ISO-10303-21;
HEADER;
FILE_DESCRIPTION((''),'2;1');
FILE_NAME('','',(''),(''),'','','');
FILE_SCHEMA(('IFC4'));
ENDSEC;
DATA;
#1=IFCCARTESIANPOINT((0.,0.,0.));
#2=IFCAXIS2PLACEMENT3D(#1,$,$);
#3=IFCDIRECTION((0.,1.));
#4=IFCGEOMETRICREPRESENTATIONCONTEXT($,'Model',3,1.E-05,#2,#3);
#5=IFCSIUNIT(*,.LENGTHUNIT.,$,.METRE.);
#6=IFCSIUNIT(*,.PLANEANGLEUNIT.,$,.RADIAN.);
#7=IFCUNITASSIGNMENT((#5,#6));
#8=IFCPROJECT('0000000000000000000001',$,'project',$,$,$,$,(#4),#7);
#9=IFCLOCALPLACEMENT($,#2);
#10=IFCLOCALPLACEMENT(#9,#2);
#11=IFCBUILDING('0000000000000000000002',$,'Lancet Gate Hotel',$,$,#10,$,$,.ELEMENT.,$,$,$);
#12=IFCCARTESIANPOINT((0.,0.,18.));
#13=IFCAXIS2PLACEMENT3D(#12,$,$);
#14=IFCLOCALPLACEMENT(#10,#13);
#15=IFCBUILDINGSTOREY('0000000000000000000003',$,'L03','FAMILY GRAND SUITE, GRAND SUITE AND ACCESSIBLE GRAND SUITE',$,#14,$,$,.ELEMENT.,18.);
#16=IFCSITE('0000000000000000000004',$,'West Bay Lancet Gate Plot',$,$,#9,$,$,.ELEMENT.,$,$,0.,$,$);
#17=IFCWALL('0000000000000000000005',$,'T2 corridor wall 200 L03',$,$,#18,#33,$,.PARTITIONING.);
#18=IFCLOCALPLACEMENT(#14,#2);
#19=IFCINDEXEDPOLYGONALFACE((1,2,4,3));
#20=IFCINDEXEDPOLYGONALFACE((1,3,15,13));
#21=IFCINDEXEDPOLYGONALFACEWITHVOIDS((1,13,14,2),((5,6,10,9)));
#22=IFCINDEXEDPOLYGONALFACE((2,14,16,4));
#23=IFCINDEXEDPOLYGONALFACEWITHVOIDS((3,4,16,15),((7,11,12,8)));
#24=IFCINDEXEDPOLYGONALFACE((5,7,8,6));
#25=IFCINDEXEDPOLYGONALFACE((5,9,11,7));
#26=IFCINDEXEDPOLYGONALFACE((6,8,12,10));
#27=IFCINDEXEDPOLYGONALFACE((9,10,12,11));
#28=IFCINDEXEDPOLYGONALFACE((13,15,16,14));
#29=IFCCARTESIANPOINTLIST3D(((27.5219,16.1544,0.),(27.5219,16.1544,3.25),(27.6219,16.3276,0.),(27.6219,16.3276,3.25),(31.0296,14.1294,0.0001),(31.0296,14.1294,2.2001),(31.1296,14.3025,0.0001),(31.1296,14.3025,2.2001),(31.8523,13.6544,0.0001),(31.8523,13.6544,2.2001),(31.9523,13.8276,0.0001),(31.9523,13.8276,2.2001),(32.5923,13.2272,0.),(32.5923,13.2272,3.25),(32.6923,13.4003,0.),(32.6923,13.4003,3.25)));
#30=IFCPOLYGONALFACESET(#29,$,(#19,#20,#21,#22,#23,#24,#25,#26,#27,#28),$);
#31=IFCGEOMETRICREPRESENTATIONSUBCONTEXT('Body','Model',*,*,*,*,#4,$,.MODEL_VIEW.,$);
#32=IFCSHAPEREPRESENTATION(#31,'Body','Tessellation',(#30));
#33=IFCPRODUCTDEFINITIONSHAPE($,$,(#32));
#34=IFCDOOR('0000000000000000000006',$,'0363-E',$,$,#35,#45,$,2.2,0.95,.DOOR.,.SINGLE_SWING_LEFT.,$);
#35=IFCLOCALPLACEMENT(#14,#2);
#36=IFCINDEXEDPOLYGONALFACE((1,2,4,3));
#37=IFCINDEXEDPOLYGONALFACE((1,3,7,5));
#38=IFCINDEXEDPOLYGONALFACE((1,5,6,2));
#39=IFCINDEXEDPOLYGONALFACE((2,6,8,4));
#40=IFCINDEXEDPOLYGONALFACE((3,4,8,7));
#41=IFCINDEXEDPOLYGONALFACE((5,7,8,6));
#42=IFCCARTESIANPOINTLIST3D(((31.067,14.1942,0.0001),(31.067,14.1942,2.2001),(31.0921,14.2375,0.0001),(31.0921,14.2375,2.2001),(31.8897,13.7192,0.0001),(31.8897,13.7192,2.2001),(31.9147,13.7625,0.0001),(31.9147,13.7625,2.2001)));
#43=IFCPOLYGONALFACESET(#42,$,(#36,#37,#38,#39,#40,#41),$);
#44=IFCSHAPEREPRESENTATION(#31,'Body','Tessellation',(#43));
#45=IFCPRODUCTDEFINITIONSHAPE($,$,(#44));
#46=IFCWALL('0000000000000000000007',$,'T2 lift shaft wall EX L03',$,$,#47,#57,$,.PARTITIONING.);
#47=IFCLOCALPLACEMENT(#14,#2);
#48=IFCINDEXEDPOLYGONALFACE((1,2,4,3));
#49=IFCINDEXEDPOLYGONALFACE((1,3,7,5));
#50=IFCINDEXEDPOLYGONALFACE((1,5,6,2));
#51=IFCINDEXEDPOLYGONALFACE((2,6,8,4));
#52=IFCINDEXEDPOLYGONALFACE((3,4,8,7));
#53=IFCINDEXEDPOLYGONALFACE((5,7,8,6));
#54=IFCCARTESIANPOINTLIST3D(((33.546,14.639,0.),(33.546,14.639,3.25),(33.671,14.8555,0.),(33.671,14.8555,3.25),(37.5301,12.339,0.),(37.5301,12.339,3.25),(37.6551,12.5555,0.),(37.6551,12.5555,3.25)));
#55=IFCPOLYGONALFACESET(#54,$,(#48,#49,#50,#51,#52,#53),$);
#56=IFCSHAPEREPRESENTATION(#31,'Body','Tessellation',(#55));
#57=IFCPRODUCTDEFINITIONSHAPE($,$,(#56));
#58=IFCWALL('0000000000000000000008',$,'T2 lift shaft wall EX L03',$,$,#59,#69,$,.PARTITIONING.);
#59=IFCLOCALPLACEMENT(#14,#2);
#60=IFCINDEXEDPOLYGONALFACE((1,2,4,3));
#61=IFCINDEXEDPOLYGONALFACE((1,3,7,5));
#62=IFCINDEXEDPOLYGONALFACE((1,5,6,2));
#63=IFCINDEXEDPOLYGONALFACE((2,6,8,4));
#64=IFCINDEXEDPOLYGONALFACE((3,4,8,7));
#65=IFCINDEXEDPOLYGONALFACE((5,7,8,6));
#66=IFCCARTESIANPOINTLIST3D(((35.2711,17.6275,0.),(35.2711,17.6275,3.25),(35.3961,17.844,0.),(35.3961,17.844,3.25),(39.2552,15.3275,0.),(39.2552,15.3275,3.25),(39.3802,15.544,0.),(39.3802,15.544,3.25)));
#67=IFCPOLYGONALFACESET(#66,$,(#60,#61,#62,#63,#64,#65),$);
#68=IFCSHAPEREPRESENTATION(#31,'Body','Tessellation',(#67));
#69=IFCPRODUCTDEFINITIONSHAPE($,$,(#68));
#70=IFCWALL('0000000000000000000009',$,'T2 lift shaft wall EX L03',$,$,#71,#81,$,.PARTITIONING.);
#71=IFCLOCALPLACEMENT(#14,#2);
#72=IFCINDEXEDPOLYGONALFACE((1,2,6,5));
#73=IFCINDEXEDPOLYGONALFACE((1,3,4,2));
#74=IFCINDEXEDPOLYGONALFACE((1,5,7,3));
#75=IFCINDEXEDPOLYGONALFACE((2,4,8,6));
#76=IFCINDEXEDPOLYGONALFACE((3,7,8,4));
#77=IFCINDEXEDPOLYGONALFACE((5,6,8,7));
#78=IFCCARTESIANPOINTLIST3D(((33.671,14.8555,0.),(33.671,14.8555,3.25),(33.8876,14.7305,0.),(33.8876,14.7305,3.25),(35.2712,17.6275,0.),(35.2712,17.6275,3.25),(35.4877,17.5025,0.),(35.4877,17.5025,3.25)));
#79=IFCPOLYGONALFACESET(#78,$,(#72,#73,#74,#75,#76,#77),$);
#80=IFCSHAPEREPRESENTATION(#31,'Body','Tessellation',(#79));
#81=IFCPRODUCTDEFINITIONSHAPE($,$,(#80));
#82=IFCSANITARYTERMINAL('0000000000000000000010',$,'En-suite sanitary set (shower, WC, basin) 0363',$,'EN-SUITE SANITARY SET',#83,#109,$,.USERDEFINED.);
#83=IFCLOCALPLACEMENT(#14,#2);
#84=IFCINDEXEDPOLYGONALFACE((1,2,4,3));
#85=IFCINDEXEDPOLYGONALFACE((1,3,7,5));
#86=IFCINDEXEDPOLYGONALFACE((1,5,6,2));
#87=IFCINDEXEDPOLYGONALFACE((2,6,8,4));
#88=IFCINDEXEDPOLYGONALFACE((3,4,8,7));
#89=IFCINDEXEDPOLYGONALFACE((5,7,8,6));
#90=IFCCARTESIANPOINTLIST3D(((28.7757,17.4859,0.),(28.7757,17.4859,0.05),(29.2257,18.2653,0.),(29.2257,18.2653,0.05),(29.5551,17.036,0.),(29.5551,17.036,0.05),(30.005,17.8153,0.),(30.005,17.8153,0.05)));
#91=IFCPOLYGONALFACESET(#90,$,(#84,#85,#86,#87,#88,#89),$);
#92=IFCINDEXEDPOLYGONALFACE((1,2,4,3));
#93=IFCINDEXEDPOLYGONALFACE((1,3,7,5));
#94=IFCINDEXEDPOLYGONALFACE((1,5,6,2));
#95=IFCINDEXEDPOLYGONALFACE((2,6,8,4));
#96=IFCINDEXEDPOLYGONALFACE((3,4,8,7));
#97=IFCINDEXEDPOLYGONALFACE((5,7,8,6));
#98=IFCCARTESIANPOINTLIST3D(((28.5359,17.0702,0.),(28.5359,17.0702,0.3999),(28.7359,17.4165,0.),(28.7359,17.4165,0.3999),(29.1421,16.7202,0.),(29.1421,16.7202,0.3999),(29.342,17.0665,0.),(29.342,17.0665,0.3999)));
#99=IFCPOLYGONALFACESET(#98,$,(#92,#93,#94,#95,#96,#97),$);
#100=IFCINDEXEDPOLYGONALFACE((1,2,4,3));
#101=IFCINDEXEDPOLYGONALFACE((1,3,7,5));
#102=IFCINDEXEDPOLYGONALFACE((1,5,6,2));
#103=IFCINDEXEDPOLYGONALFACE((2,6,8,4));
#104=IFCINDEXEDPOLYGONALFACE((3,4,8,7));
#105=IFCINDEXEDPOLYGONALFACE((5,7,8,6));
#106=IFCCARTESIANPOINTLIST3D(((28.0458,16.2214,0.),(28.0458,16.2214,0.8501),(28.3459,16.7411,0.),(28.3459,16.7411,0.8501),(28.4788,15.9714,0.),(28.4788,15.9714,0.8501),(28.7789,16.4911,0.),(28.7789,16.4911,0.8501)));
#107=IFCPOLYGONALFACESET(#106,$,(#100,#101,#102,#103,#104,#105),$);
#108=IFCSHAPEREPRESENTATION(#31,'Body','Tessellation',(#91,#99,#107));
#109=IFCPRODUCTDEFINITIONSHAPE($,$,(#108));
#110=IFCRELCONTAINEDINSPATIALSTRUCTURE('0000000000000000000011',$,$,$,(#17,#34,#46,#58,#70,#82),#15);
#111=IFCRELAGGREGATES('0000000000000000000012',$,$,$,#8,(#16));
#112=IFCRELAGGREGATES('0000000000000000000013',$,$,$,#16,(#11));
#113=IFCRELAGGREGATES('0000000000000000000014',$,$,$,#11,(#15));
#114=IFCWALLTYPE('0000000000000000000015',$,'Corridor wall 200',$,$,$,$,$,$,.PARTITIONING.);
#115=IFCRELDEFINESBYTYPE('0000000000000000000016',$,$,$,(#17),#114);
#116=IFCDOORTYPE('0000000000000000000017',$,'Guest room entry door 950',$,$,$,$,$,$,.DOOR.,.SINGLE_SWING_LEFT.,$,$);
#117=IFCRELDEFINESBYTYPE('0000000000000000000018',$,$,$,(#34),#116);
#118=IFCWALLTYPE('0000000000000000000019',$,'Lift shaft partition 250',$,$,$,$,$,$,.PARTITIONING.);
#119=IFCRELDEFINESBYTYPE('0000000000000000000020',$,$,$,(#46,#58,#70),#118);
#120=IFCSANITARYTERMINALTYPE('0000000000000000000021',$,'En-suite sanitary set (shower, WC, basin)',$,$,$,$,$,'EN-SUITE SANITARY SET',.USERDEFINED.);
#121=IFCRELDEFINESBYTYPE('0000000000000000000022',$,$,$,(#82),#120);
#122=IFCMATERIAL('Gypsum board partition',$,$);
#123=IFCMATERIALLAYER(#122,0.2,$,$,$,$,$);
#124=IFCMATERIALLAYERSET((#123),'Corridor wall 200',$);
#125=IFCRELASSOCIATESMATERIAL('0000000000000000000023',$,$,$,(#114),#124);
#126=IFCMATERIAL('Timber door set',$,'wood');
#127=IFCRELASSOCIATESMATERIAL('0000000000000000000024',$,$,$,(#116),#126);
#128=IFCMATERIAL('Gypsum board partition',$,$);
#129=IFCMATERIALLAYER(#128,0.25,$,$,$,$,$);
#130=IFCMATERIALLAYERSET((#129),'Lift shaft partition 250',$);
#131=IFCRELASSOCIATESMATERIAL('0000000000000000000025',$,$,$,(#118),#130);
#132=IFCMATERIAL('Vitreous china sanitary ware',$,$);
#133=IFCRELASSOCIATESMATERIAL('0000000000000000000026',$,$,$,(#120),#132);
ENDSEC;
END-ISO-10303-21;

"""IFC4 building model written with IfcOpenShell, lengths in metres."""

from ifc_helpers import new_model, si_unit, direction, frame, frame_2d, origin, origin_2d, place, context, subcontext, project, spatial, rectangle, extrude, material, layer, layer_set, type_object, element, fill, save


model = new_model("IFC4")

# Units and contexts
model_context = context("Model", 3, precision=1e-05, world=origin(), true_north=direction((0.0, 1.0)))
body_context = subcontext(model_context, "Body", "Model", "MODEL_VIEW")
ifc_project = project(units=[si_unit("LENGTHUNIT", "METRE"), si_unit("PLANEANGLEUNIT", "RADIAN")], contexts=[model_context])

# Site, building, storey
site_placement = place(None, origin())
site = spatial("IfcSite", under=ifc_project, at=site_placement, Name="West Bay Lancet Gate Plot", CompositionType="ELEMENT", RefElevation=0.0)
building_placement = place(site_placement, origin())
building = spatial("IfcBuilding", under=site, at=building_placement, Name="Lancet Gate Hotel", CompositionType="ELEMENT")
storey_placement = place(building_placement, frame((0.0, 0.0, 18.0)))
storey = spatial("IfcBuildingStorey", under=building, at=storey_placement, Name="L03", Description="FAMILY GRAND SUITE, GRAND SUITE AND ACCESSIBLE GRAND SUITE", CompositionType="ELEMENT", Elevation=18.0)

# Wall, opening, door
ifc_material_1 = material(Name="Gypsum board partition")
ifc_layer_1 = layer(ifc_material_1, 0.2)
ifc_layer_set_1 = layer_set([ifc_layer_1], Name="Corridor wall 200")
wall_type_1 = type_object("IfcWallType", Name="Corridor wall 200", PredefinedType="PARTITIONING", material=ifc_layer_set_1)
wall_1_placement = place(storey_placement, frame((27.572, 16.241, 0.0), z_axis=(0.0, 0.0, 1.0), x_axis=(0.866033, -0.499987, 0.0)))
wall_1 = element("IfcWall", 1, at=wall_1_placement, inside=storey, type_object=wall_type_1, Name="T2 corridor wall 200 L03", PredefinedType="PARTITIONING", context=body_context, shape_type="SweptSolid", body=[
    extrude(rectangle(XDim=5.8547, YDim=0.2, at=frame_2d((2.9272, 0.0))), origin(), (0.0, 0.0, 1.0), 3.25),
])
opening_1_placement = place(wall_1_placement, frame((4.05, 0.0, 0.0)))
opening_1 = element("IfcOpeningElement", 2, at=opening_1_placement, cuts=wall_1, PredefinedType="OPENING", context=body_context, shape_type="SweptSolid", body=[
    extrude(rectangle(XDim=0.95, YDim=2.2, at=frame_2d((0.4751, 1.1001))), frame((0.0, 0.1099, 0.0), z_axis=(0.0, -1.0, 0.0), x_axis=(1.0, 0.0, 0.0)), (0.0, 0.0, 1.0), 0.22),
])
ifc_material_2 = material(Name="Timber door set", Category="wood")
door_type_1 = type_object("IfcDoorType", Name="Guest room entry door 950", OperationType="SINGLE_SWING_LEFT", PredefinedType="DOOR", material=ifc_material_2)
door_1_placement = place(opening_1_placement, origin())
door_1 = element("IfcDoor", 3, at=door_1_placement, inside=storey, type_object=door_type_1, Name="0363-E", OperationType="SINGLE_SWING_LEFT", OverallHeight=2.2, OverallWidth=0.95, PredefinedType="DOOR", context=body_context, shape_type="SweptSolid", body=[
    extrude(rectangle(XDim=0.95, YDim=2.2, at=frame_2d((0.4751, 1.1001))), frame((0.0, 0.0249, 0.0), z_axis=(0.0, -1.0, 0.0), x_axis=(1.0, 0.0, 0.0)), (0.0, 0.0, 1.0), 0.05),
])
fill(opening_1, door_1)

# Walls
ifc_material_3 = material(Name="Gypsum board partition")
ifc_layer_2 = layer(ifc_material_3, 0.25)
ifc_layer_set_2 = layer_set([ifc_layer_2], Name="Lift shaft partition 250")
wall_type_2 = type_object("IfcWallType", Name="Lift shaft partition 250", PredefinedType="PARTITIONING", material=ifc_layer_set_2)
for number, where, z_axis, x_axis, name in (
    (4, (33.6084, 14.7473, 0.0), (0.0, 0.0, 1.0), (0.866043, -0.499969, 0.0), "T2 lift shaft wall EX L03"),
    (5, (35.3335, 17.7358, 0.0), (0.0, 0.0, 1.0), (0.866043, -0.499969, 0.0), "T2 lift shaft wall EX L03"),
):
    element("IfcWall", number, at=place(storey_placement, frame(where, z_axis=z_axis, x_axis=x_axis)), inside=storey, type_object=wall_type_2, Name=name, PredefinedType="PARTITIONING", context=body_context, shape_type="SweptSolid", body=[
        extrude(rectangle(XDim=4.6003, YDim=0.25, at=frame_2d((2.3003, 0.0))), origin(), (0.0, 0.0, 1.0), 3.25),
    ])
wall_2_placement = place(storey_placement, frame((33.7793, 14.793, 0.0), z_axis=(0.0, 0.0, 1.0), x_axis=(0.499929, 0.866066, 0.0)))
element("IfcWall", 6, at=wall_2_placement, inside=storey, type_object=wall_type_2, Name="T2 lift shaft wall EX L03", PredefinedType="PARTITIONING", context=body_context, shape_type="SweptSolid", body=[
    extrude(rectangle(XDim=3.2007, YDim=0.25, at=frame_2d((1.6003, 0.0))), origin(), (0.0, 0.0, 1.0), 3.25),
])

# Sanitary terminal
ifc_material_4 = material(Name="Vitreous china sanitary ware")
sanitary_terminal_type = type_object("IfcSanitaryTerminalType", Name="En-suite sanitary set (shower, WC, basin)", ElementType="EN-SUITE SANITARY SET", PredefinedType="USERDEFINED", material=ifc_material_4)
sanitary_terminal_placement = place(storey_placement, frame((29.3904, 17.6506, 0.0), z_axis=(0.0, 0.0, 1.0), x_axis=(1.0, 0.0, 0.0)))
element("IfcSanitaryTerminal", 7, at=sanitary_terminal_placement, inside=storey, type_object=sanitary_terminal_type, Name="En-suite sanitary set (shower, WC, basin) 0363", ObjectType="EN-SUITE SANITARY SET", PredefinedType="USERDEFINED", context=body_context, shape_type="SweptSolid", body=[
    extrude(rectangle(XDim=0.8999, YDim=0.8999, at=origin_2d()), frame((0.0, 0.0, 0.0), z_axis=(0.0, 0.0, 1.0), x_axis=(0.5, 0.866025, 0.0)), (0.0, 0.0, 1.0), 0.05),
    extrude(rectangle(XDim=0.3999, YDim=0.7, at=origin_2d()), frame((-0.4514, -0.5823, 0.0), z_axis=(0.0, 0.0, 1.0), x_axis=(0.5, 0.866025, 0.0)), (0.0, 0.0, 1.0), 0.3999),
    extrude(rectangle(XDim=0.6001, YDim=0.5, at=origin_2d()), frame((-0.978, -1.2944, 0.0), z_axis=(0.0, 0.0, 1.0), x_axis=(0.5, 0.866025, 0.0)), (0.0, 0.0, 1.0), 0.8501),
])

save(model, "model.ifc")
